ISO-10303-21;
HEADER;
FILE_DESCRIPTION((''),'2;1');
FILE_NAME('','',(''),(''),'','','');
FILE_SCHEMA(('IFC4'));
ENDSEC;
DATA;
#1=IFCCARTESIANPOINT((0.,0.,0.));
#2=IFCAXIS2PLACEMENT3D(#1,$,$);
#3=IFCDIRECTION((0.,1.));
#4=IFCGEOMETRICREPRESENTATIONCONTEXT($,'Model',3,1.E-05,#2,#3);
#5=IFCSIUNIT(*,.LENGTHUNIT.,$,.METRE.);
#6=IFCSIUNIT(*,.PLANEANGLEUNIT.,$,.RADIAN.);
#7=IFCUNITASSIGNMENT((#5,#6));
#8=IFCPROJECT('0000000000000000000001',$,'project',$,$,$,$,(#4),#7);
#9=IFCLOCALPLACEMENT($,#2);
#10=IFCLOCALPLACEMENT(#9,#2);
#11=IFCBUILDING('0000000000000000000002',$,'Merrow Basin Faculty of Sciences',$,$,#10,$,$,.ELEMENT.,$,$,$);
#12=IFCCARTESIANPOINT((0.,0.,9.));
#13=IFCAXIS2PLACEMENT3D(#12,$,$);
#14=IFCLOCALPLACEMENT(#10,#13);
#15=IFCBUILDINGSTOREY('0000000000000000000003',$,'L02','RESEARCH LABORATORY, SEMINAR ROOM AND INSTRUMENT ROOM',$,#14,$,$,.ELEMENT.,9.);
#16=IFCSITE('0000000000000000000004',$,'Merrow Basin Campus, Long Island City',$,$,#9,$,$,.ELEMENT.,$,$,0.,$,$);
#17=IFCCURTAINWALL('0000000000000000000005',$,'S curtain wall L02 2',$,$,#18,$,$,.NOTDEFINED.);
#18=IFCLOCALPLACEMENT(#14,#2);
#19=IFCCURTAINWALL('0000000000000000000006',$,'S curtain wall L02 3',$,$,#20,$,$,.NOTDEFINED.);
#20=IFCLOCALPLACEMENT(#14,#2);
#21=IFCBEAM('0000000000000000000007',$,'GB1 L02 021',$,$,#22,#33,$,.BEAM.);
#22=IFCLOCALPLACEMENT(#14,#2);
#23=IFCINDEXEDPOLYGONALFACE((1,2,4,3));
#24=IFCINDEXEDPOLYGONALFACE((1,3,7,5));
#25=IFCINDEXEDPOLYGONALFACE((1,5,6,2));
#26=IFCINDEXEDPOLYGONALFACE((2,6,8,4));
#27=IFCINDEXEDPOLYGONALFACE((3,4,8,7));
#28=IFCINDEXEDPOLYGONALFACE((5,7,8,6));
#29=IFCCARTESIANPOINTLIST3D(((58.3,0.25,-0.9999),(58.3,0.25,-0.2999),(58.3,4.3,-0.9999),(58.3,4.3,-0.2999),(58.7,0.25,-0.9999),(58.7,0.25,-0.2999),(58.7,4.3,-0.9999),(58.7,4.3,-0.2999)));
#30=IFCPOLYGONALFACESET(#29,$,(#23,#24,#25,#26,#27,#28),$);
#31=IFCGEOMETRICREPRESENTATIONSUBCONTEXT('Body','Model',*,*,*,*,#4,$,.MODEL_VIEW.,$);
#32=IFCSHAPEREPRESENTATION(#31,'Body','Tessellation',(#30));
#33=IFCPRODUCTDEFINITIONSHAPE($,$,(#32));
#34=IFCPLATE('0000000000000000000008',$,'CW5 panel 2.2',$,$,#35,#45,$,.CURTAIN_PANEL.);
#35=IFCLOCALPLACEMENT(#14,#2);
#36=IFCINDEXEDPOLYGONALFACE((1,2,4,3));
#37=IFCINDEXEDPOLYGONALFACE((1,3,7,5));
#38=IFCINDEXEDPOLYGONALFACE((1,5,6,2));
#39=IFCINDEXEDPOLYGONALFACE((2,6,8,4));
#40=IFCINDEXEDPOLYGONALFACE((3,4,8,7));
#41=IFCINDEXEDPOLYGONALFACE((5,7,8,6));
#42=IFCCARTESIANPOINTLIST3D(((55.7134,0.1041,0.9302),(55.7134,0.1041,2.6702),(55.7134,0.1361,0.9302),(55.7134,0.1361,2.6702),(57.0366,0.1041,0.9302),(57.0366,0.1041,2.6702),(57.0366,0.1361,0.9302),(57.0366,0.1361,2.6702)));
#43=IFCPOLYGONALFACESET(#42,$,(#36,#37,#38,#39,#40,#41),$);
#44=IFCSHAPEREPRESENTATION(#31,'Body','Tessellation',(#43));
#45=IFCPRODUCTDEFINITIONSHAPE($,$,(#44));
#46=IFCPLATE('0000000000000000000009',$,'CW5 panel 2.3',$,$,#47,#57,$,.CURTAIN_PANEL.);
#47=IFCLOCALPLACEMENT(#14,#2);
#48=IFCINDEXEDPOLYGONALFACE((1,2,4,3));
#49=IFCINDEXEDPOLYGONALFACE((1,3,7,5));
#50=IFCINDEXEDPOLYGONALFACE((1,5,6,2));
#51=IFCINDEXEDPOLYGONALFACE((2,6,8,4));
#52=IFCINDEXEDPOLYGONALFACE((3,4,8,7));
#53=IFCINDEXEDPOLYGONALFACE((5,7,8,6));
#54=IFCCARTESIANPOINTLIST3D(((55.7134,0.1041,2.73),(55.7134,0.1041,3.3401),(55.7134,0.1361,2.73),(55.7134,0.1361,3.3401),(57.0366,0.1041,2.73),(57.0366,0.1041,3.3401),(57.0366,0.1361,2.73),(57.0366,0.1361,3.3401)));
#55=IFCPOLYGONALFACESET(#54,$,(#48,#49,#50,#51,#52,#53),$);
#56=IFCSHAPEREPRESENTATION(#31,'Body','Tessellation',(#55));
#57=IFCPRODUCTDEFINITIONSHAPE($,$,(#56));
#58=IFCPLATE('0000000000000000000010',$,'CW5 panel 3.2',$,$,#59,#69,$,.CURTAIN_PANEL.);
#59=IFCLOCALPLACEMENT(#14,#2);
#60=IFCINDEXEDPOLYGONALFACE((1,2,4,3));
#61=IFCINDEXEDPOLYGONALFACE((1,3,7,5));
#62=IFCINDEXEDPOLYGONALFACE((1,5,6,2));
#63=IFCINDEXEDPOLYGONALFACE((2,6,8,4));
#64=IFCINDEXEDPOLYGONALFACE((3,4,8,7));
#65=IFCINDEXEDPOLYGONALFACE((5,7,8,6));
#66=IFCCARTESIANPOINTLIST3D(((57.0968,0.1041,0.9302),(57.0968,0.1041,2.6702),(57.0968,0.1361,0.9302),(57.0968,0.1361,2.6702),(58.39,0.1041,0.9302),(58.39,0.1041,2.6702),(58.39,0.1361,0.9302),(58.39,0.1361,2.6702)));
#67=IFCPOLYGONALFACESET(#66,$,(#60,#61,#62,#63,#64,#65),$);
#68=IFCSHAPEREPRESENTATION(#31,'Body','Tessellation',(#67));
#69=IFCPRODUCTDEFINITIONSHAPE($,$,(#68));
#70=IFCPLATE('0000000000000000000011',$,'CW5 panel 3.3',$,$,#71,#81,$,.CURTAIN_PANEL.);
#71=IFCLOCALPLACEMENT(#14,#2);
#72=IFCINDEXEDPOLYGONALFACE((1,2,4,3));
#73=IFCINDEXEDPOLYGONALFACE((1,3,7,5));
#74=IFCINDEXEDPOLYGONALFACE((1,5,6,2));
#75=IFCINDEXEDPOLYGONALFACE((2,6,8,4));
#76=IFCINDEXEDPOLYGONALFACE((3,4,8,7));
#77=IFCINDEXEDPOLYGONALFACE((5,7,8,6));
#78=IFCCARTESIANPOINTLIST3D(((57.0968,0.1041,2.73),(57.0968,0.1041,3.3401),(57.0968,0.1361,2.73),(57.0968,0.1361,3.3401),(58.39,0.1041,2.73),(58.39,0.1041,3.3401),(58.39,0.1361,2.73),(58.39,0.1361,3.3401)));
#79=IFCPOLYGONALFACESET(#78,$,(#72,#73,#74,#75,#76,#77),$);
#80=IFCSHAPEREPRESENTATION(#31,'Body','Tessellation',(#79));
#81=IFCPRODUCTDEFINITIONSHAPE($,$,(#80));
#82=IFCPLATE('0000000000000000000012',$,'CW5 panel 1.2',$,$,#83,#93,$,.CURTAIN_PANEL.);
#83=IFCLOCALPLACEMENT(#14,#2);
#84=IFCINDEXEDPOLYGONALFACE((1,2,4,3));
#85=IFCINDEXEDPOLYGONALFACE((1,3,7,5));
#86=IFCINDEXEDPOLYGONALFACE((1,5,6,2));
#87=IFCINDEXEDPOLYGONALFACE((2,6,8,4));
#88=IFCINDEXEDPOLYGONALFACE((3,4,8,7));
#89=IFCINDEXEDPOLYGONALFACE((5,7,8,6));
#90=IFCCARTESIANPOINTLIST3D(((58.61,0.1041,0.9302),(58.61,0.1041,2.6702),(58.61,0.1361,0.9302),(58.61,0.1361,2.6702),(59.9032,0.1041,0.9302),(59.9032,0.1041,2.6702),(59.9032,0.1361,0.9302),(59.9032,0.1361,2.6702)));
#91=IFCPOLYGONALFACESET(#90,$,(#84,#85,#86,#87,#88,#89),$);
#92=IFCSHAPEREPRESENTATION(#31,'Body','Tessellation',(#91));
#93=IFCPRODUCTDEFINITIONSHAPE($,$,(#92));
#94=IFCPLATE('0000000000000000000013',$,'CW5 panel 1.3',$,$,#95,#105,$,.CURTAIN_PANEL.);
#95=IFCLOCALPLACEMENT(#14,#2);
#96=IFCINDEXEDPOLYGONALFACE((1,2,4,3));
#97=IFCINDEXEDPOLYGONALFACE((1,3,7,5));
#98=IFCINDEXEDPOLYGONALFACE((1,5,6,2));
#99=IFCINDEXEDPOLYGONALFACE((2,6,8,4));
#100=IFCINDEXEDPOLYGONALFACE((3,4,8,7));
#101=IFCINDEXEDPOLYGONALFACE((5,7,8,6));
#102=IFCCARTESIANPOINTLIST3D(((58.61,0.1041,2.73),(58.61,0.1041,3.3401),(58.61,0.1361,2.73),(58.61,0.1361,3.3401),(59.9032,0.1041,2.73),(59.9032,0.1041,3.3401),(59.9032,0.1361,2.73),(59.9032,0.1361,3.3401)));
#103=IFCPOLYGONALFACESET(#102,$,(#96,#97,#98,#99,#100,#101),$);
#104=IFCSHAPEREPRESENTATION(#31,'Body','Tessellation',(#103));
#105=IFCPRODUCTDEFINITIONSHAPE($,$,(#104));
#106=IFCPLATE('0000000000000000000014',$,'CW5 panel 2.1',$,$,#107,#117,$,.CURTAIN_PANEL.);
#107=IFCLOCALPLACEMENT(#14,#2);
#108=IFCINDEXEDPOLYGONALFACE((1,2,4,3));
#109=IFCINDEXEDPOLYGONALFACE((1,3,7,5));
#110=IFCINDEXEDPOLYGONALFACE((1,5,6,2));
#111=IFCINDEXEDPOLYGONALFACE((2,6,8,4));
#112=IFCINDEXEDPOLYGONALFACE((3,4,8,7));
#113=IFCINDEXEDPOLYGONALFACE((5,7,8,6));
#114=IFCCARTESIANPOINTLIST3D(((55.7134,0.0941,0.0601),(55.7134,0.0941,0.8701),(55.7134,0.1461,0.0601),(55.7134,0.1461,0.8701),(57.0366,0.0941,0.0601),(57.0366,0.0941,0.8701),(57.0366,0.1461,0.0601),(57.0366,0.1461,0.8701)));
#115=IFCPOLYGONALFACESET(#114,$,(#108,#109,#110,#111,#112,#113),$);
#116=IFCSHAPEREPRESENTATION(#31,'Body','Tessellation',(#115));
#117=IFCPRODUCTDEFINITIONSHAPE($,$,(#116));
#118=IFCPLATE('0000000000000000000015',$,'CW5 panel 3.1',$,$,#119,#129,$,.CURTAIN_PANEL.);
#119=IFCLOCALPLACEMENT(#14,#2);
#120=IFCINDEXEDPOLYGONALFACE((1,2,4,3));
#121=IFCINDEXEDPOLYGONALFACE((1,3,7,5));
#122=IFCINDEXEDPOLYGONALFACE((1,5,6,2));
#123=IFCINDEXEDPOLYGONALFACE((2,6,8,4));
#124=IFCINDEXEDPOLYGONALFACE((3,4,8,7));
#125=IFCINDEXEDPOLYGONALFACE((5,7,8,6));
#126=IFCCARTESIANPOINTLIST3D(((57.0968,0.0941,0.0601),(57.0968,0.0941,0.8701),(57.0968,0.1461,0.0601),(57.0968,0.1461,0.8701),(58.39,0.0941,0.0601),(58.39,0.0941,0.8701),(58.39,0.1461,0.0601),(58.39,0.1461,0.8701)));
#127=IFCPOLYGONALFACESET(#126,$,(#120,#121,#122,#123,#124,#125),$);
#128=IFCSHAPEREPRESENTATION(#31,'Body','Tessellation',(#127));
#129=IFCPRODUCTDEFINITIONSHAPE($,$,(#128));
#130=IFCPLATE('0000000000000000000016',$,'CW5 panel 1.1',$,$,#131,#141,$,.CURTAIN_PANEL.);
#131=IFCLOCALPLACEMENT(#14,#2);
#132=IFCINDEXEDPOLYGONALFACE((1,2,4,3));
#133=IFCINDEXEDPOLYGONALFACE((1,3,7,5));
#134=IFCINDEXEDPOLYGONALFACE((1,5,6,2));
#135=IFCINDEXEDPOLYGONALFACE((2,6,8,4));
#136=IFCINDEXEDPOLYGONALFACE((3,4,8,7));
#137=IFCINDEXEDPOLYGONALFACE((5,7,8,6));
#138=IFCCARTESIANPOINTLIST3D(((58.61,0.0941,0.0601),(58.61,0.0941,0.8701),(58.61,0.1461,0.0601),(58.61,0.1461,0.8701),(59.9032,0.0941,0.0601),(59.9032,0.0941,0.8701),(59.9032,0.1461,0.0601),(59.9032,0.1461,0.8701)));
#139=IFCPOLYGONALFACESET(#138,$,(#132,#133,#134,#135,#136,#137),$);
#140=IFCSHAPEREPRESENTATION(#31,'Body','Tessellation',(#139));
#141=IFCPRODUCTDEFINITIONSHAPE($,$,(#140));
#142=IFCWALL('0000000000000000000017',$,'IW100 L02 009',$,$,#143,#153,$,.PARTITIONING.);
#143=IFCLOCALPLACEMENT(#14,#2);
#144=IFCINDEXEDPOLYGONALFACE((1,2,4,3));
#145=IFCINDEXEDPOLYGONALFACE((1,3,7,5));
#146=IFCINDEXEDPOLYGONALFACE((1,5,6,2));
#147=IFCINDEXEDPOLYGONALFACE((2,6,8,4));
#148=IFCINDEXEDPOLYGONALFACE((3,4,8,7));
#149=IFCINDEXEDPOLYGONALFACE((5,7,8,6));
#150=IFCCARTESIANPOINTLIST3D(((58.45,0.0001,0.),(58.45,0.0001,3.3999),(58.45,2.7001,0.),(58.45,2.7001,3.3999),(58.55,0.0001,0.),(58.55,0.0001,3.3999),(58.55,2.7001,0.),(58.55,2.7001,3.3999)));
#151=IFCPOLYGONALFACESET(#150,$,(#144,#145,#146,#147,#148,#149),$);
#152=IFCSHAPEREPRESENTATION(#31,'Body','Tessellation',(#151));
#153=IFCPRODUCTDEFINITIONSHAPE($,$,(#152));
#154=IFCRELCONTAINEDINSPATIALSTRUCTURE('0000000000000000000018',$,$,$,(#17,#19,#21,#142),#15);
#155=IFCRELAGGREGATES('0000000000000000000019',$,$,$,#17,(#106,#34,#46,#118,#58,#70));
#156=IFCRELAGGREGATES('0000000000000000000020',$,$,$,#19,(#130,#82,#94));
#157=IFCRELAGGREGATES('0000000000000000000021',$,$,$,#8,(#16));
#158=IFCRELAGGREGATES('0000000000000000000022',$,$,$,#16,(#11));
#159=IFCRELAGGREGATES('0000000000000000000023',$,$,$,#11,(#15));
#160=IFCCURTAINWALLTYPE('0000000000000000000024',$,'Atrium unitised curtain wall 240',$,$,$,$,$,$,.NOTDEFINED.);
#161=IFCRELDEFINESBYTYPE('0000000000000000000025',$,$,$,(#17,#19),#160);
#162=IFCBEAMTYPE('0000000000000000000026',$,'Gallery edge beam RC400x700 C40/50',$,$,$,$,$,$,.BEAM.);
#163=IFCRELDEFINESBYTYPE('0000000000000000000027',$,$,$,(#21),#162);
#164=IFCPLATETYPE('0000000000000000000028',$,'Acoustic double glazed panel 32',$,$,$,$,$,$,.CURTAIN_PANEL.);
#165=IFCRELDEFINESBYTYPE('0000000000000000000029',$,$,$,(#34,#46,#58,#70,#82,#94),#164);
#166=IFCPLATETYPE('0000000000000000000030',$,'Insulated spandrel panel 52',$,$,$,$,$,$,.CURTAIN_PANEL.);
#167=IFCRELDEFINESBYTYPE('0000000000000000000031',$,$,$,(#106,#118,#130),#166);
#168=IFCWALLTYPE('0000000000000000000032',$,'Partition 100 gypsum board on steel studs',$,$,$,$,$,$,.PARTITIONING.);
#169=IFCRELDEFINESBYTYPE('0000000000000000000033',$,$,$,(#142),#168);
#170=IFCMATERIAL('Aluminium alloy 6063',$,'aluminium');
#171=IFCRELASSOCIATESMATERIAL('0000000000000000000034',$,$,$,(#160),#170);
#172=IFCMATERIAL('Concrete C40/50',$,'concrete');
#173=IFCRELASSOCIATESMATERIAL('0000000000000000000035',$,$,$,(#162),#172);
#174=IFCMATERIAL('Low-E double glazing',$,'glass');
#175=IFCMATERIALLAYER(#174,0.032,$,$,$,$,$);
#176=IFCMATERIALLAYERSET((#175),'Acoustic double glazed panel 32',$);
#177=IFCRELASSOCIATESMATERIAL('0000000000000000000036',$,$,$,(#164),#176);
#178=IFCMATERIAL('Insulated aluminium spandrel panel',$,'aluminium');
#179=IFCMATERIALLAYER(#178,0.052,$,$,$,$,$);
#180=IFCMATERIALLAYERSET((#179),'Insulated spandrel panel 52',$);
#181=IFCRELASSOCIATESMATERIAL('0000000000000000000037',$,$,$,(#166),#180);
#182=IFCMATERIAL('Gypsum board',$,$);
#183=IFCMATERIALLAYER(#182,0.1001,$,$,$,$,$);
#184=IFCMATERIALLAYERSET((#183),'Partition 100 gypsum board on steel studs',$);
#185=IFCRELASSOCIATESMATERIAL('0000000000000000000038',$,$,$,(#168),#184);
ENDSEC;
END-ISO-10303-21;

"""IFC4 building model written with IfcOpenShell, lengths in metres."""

from ifc_helpers import new_model, si_unit, direction, frame, frame_2d, origin, origin_2d, place, context, subcontext, project, spatial, rectangle, extrude, material, layer, layer_set, material_profile, profile_set, type_object, element, aggregate, save


model = new_model("IFC4")

# Units and contexts
model_context = context("Model", 3, precision=1e-05, world=origin(), true_north=direction((0.0, 1.0)))
body_context = subcontext(model_context, "Body", "Model", "MODEL_VIEW")
ifc_project = project(units=[si_unit("LENGTHUNIT", "METRE"), si_unit("PLANEANGLEUNIT", "RADIAN")], contexts=[model_context])

# Site, building, storey
site_placement = place(None, origin())
site = spatial("IfcSite", under=ifc_project, at=site_placement, Name="Merrow Basin Campus, Long Island City", CompositionType="ELEMENT", RefElevation=0.0)
building_placement = place(site_placement, origin())
building = spatial("IfcBuilding", under=site, at=building_placement, Name="Merrow Basin Faculty of Sciences", CompositionType="ELEMENT")
storey_placement = place(building_placement, frame((0.0, 0.0, 9.0)))
storey = spatial("IfcBuildingStorey", under=building, at=storey_placement, Name="L02", Description="RESEARCH LABORATORY, SEMINAR ROOM AND INSTRUMENT ROOM", CompositionType="ELEMENT", Elevation=9.0)

# Curtain walls
ifc_material_1 = material(Name="Aluminium alloy 6063", Category="aluminium")
curtain_wall_type = type_object("IfcCurtainWallType", Name="Atrium unitised curtain wall 240", PredefinedType="NOTDEFINED", material=ifc_material_1)
curtain_wall_1_placement = place(storey_placement, origin())
curtain_wall_1 = element("IfcCurtainWall", 1, at=curtain_wall_1_placement, inside=storey, type_object=curtain_wall_type, Name="S curtain wall L02 2", PredefinedType="NOTDEFINED")
curtain_wall_2_placement = place(storey_placement, origin())
curtain_wall_2 = element("IfcCurtainWall", 2, at=curtain_wall_2_placement, inside=storey, type_object=curtain_wall_type, Name="S curtain wall L02 3", PredefinedType="NOTDEFINED")

# Beam
ifc_material_2 = material(Name="Concrete C40/50", Category="concrete")
ifc_material_profile_1 = material_profile(ifc_material_2, rectangle(XDim=0.3999, YDim=0.7, at=origin_2d()))
ifc_profile_set_1 = profile_set([ifc_material_profile_1], Name="Concrete C40/50")
beam_type = type_object("IfcBeamType", Name="Gallery edge beam RC400x700 C40/50", PredefinedType="BEAM", material=ifc_profile_set_1)
beam_placement = place(storey_placement, frame((58.5, 0.25, -0.6499), z_axis=(0.0, 1.0, 0.0), x_axis=(-1.0, 0.0, 0.0)))
element("IfcBeam", 3, at=beam_placement, inside=storey, type_object=beam_type, Name="GB1 L02 021", PredefinedType="BEAM", context=body_context, shape_type="SweptSolid", body=[
    extrude(rectangle(XDim=0.3999, YDim=0.7, at=origin_2d()), origin(), (0.0, 0.0, 1.0), 4.05),
])

# Plates
ifc_material_3 = material(Name="Low-E double glazing", Category="glass")
ifc_layer_1 = layer(ifc_material_3, 0.032)
ifc_layer_set_1 = layer_set([ifc_layer_1], Name="Acoustic double glazed panel 32")
plate_type_1 = type_object("IfcPlateType", Name="Acoustic double glazed panel 32", PredefinedType="CURTAIN_PANEL", material=ifc_layer_set_1)
plate_1_placement = place(storey_placement, frame((56.375, 0.1201, 0.9302), z_axis=(0.0, 0.0, 1.0), x_axis=(1.0, 0.0, 0.0)))
plate_1 = element("IfcPlate", 4, at=plate_1_placement, type_object=plate_type_1, Name="CW5 panel 2.2", PredefinedType="CURTAIN_PANEL", context=body_context, shape_type="SweptSolid", body=[
    extrude(rectangle(XDim=1.3232, YDim=0.032, at=origin_2d()), origin(), (0.0, 0.0, 1.0), 1.74),
])
plate_2_placement = place(storey_placement, frame((56.375, 0.1201, 2.73), z_axis=(0.0, 0.0, 1.0), x_axis=(1.0, 0.0, 0.0)))
plate_2 = element("IfcPlate", 5, at=plate_2_placement, type_object=plate_type_1, Name="CW5 panel 2.3", PredefinedType="CURTAIN_PANEL", context=body_context, shape_type="SweptSolid", body=[
    extrude(rectangle(XDim=1.3232, YDim=0.032, at=origin_2d()), origin(), (0.0, 0.0, 1.0), 0.6101),
])
plate_3_placement = place(storey_placement, frame((57.7434, 0.1201, 0.9302), z_axis=(0.0, 0.0, 1.0), x_axis=(1.0, 0.0, 0.0)))
plate_3 = element("IfcPlate", 6, at=plate_3_placement, type_object=plate_type_1, Name="CW5 panel 3.2", PredefinedType="CURTAIN_PANEL", context=body_context, shape_type="SweptSolid", body=[
    extrude(rectangle(XDim=1.2932, YDim=0.032, at=origin_2d()), origin(), (0.0, 0.0, 1.0), 1.74),
])
plate_4_placement = place(storey_placement, frame((57.7434, 0.1201, 2.73), z_axis=(0.0, 0.0, 1.0), x_axis=(1.0, 0.0, 0.0)))
plate_4 = element("IfcPlate", 7, at=plate_4_placement, type_object=plate_type_1, Name="CW5 panel 3.3", PredefinedType="CURTAIN_PANEL", context=body_context, shape_type="SweptSolid", body=[
    extrude(rectangle(XDim=1.2932, YDim=0.032, at=origin_2d()), origin(), (0.0, 0.0, 1.0), 0.6101),
])
plate_5_placement = place(storey_placement, frame((59.2566, 0.1201, 0.9302), z_axis=(0.0, 0.0, 1.0), x_axis=(1.0, 0.0, 0.0)))
plate_5 = element("IfcPlate", 8, at=plate_5_placement, type_object=plate_type_1, Name="CW5 panel 1.2", PredefinedType="CURTAIN_PANEL", context=body_context, shape_type="SweptSolid", body=[
    extrude(rectangle(XDim=1.2932, YDim=0.032, at=origin_2d()), origin(), (0.0, 0.0, 1.0), 1.74),
])
plate_6_placement = place(storey_placement, frame((59.2566, 0.1201, 2.73), z_axis=(0.0, 0.0, 1.0), x_axis=(1.0, 0.0, 0.0)))
plate_6 = element("IfcPlate", 9, at=plate_6_placement, type_object=plate_type_1, Name="CW5 panel 1.3", PredefinedType="CURTAIN_PANEL", context=body_context, shape_type="SweptSolid", body=[
    extrude(rectangle(XDim=1.2932, YDim=0.032, at=origin_2d()), origin(), (0.0, 0.0, 1.0), 0.6101),
])
ifc_material_4 = material(Name="Insulated aluminium spandrel panel", Category="aluminium")
ifc_layer_2 = layer(ifc_material_4, 0.052)
ifc_layer_set_2 = layer_set([ifc_layer_2], Name="Insulated spandrel panel 52")
plate_type_2 = type_object("IfcPlateType", Name="Insulated spandrel panel 52", PredefinedType="CURTAIN_PANEL", material=ifc_layer_set_2)
plate_7_placement = place(storey_placement, frame((56.375, 0.1201, 0.0601), z_axis=(0.0, 0.0, 1.0), x_axis=(1.0, 0.0, 0.0)))
plate_7 = element("IfcPlate", 10, at=plate_7_placement, type_object=plate_type_2, Name="CW5 panel 2.1", PredefinedType="CURTAIN_PANEL", context=body_context, shape_type="SweptSolid", body=[
    extrude(rectangle(XDim=1.3232, YDim=0.052, at=origin_2d()), origin(), (0.0, 0.0, 1.0), 0.8101),
])
plate_8_placement = place(storey_placement, frame((57.7434, 0.1201, 0.0601), z_axis=(0.0, 0.0, 1.0), x_axis=(1.0, 0.0, 0.0)))
plate_8 = element("IfcPlate", 11, at=plate_8_placement, type_object=plate_type_2, Name="CW5 panel 3.1", PredefinedType="CURTAIN_PANEL", context=body_context, shape_type="SweptSolid", body=[
    extrude(rectangle(XDim=1.2932, YDim=0.052, at=origin_2d()), origin(), (0.0, 0.0, 1.0), 0.8101),
])
aggregate(curtain_wall_1, [plate_7, plate_1, plate_2, plate_8, plate_3, plate_4])
plate_9_placement = place(storey_placement, frame((59.2566, 0.1201, 0.0601), z_axis=(0.0, 0.0, 1.0), x_axis=(1.0, 0.0, 0.0)))
plate_9 = element("IfcPlate", 12, at=plate_9_placement, type_object=plate_type_2, Name="CW5 panel 1.1", PredefinedType="CURTAIN_PANEL", context=body_context, shape_type="SweptSolid", body=[
    extrude(rectangle(XDim=1.2932, YDim=0.052, at=origin_2d()), origin(), (0.0, 0.0, 1.0), 0.8101),
])
aggregate(curtain_wall_2, [plate_9, plate_5, plate_6])

# Wall
ifc_material_5 = material(Name="Gypsum board")
ifc_layer_3 = layer(ifc_material_5, 0.1001)
ifc_layer_set_3 = layer_set([ifc_layer_3], Name="Partition 100 gypsum board on steel studs")
wall_type = type_object("IfcWallType", Name="Partition 100 gypsum board on steel studs", PredefinedType="PARTITIONING", material=ifc_layer_set_3)
wall_placement = place(storey_placement, frame((58.5, 0.0, 0.0), z_axis=(0.0, 0.0, 1.0), x_axis=(0.0, 1.0, 0.0)))
element("IfcWall", 13, at=wall_placement, inside=storey, type_object=wall_type, Name="IW100 L02 009", PredefinedType="PARTITIONING", context=body_context, shape_type="SweptSolid", body=[
    extrude(rectangle(XDim=2.7, YDim=0.1001, at=frame_2d((1.3501, 0.0))), origin(), (0.0, 0.0, 1.0), 3.3999),
])

save(model, "model.ifc")
